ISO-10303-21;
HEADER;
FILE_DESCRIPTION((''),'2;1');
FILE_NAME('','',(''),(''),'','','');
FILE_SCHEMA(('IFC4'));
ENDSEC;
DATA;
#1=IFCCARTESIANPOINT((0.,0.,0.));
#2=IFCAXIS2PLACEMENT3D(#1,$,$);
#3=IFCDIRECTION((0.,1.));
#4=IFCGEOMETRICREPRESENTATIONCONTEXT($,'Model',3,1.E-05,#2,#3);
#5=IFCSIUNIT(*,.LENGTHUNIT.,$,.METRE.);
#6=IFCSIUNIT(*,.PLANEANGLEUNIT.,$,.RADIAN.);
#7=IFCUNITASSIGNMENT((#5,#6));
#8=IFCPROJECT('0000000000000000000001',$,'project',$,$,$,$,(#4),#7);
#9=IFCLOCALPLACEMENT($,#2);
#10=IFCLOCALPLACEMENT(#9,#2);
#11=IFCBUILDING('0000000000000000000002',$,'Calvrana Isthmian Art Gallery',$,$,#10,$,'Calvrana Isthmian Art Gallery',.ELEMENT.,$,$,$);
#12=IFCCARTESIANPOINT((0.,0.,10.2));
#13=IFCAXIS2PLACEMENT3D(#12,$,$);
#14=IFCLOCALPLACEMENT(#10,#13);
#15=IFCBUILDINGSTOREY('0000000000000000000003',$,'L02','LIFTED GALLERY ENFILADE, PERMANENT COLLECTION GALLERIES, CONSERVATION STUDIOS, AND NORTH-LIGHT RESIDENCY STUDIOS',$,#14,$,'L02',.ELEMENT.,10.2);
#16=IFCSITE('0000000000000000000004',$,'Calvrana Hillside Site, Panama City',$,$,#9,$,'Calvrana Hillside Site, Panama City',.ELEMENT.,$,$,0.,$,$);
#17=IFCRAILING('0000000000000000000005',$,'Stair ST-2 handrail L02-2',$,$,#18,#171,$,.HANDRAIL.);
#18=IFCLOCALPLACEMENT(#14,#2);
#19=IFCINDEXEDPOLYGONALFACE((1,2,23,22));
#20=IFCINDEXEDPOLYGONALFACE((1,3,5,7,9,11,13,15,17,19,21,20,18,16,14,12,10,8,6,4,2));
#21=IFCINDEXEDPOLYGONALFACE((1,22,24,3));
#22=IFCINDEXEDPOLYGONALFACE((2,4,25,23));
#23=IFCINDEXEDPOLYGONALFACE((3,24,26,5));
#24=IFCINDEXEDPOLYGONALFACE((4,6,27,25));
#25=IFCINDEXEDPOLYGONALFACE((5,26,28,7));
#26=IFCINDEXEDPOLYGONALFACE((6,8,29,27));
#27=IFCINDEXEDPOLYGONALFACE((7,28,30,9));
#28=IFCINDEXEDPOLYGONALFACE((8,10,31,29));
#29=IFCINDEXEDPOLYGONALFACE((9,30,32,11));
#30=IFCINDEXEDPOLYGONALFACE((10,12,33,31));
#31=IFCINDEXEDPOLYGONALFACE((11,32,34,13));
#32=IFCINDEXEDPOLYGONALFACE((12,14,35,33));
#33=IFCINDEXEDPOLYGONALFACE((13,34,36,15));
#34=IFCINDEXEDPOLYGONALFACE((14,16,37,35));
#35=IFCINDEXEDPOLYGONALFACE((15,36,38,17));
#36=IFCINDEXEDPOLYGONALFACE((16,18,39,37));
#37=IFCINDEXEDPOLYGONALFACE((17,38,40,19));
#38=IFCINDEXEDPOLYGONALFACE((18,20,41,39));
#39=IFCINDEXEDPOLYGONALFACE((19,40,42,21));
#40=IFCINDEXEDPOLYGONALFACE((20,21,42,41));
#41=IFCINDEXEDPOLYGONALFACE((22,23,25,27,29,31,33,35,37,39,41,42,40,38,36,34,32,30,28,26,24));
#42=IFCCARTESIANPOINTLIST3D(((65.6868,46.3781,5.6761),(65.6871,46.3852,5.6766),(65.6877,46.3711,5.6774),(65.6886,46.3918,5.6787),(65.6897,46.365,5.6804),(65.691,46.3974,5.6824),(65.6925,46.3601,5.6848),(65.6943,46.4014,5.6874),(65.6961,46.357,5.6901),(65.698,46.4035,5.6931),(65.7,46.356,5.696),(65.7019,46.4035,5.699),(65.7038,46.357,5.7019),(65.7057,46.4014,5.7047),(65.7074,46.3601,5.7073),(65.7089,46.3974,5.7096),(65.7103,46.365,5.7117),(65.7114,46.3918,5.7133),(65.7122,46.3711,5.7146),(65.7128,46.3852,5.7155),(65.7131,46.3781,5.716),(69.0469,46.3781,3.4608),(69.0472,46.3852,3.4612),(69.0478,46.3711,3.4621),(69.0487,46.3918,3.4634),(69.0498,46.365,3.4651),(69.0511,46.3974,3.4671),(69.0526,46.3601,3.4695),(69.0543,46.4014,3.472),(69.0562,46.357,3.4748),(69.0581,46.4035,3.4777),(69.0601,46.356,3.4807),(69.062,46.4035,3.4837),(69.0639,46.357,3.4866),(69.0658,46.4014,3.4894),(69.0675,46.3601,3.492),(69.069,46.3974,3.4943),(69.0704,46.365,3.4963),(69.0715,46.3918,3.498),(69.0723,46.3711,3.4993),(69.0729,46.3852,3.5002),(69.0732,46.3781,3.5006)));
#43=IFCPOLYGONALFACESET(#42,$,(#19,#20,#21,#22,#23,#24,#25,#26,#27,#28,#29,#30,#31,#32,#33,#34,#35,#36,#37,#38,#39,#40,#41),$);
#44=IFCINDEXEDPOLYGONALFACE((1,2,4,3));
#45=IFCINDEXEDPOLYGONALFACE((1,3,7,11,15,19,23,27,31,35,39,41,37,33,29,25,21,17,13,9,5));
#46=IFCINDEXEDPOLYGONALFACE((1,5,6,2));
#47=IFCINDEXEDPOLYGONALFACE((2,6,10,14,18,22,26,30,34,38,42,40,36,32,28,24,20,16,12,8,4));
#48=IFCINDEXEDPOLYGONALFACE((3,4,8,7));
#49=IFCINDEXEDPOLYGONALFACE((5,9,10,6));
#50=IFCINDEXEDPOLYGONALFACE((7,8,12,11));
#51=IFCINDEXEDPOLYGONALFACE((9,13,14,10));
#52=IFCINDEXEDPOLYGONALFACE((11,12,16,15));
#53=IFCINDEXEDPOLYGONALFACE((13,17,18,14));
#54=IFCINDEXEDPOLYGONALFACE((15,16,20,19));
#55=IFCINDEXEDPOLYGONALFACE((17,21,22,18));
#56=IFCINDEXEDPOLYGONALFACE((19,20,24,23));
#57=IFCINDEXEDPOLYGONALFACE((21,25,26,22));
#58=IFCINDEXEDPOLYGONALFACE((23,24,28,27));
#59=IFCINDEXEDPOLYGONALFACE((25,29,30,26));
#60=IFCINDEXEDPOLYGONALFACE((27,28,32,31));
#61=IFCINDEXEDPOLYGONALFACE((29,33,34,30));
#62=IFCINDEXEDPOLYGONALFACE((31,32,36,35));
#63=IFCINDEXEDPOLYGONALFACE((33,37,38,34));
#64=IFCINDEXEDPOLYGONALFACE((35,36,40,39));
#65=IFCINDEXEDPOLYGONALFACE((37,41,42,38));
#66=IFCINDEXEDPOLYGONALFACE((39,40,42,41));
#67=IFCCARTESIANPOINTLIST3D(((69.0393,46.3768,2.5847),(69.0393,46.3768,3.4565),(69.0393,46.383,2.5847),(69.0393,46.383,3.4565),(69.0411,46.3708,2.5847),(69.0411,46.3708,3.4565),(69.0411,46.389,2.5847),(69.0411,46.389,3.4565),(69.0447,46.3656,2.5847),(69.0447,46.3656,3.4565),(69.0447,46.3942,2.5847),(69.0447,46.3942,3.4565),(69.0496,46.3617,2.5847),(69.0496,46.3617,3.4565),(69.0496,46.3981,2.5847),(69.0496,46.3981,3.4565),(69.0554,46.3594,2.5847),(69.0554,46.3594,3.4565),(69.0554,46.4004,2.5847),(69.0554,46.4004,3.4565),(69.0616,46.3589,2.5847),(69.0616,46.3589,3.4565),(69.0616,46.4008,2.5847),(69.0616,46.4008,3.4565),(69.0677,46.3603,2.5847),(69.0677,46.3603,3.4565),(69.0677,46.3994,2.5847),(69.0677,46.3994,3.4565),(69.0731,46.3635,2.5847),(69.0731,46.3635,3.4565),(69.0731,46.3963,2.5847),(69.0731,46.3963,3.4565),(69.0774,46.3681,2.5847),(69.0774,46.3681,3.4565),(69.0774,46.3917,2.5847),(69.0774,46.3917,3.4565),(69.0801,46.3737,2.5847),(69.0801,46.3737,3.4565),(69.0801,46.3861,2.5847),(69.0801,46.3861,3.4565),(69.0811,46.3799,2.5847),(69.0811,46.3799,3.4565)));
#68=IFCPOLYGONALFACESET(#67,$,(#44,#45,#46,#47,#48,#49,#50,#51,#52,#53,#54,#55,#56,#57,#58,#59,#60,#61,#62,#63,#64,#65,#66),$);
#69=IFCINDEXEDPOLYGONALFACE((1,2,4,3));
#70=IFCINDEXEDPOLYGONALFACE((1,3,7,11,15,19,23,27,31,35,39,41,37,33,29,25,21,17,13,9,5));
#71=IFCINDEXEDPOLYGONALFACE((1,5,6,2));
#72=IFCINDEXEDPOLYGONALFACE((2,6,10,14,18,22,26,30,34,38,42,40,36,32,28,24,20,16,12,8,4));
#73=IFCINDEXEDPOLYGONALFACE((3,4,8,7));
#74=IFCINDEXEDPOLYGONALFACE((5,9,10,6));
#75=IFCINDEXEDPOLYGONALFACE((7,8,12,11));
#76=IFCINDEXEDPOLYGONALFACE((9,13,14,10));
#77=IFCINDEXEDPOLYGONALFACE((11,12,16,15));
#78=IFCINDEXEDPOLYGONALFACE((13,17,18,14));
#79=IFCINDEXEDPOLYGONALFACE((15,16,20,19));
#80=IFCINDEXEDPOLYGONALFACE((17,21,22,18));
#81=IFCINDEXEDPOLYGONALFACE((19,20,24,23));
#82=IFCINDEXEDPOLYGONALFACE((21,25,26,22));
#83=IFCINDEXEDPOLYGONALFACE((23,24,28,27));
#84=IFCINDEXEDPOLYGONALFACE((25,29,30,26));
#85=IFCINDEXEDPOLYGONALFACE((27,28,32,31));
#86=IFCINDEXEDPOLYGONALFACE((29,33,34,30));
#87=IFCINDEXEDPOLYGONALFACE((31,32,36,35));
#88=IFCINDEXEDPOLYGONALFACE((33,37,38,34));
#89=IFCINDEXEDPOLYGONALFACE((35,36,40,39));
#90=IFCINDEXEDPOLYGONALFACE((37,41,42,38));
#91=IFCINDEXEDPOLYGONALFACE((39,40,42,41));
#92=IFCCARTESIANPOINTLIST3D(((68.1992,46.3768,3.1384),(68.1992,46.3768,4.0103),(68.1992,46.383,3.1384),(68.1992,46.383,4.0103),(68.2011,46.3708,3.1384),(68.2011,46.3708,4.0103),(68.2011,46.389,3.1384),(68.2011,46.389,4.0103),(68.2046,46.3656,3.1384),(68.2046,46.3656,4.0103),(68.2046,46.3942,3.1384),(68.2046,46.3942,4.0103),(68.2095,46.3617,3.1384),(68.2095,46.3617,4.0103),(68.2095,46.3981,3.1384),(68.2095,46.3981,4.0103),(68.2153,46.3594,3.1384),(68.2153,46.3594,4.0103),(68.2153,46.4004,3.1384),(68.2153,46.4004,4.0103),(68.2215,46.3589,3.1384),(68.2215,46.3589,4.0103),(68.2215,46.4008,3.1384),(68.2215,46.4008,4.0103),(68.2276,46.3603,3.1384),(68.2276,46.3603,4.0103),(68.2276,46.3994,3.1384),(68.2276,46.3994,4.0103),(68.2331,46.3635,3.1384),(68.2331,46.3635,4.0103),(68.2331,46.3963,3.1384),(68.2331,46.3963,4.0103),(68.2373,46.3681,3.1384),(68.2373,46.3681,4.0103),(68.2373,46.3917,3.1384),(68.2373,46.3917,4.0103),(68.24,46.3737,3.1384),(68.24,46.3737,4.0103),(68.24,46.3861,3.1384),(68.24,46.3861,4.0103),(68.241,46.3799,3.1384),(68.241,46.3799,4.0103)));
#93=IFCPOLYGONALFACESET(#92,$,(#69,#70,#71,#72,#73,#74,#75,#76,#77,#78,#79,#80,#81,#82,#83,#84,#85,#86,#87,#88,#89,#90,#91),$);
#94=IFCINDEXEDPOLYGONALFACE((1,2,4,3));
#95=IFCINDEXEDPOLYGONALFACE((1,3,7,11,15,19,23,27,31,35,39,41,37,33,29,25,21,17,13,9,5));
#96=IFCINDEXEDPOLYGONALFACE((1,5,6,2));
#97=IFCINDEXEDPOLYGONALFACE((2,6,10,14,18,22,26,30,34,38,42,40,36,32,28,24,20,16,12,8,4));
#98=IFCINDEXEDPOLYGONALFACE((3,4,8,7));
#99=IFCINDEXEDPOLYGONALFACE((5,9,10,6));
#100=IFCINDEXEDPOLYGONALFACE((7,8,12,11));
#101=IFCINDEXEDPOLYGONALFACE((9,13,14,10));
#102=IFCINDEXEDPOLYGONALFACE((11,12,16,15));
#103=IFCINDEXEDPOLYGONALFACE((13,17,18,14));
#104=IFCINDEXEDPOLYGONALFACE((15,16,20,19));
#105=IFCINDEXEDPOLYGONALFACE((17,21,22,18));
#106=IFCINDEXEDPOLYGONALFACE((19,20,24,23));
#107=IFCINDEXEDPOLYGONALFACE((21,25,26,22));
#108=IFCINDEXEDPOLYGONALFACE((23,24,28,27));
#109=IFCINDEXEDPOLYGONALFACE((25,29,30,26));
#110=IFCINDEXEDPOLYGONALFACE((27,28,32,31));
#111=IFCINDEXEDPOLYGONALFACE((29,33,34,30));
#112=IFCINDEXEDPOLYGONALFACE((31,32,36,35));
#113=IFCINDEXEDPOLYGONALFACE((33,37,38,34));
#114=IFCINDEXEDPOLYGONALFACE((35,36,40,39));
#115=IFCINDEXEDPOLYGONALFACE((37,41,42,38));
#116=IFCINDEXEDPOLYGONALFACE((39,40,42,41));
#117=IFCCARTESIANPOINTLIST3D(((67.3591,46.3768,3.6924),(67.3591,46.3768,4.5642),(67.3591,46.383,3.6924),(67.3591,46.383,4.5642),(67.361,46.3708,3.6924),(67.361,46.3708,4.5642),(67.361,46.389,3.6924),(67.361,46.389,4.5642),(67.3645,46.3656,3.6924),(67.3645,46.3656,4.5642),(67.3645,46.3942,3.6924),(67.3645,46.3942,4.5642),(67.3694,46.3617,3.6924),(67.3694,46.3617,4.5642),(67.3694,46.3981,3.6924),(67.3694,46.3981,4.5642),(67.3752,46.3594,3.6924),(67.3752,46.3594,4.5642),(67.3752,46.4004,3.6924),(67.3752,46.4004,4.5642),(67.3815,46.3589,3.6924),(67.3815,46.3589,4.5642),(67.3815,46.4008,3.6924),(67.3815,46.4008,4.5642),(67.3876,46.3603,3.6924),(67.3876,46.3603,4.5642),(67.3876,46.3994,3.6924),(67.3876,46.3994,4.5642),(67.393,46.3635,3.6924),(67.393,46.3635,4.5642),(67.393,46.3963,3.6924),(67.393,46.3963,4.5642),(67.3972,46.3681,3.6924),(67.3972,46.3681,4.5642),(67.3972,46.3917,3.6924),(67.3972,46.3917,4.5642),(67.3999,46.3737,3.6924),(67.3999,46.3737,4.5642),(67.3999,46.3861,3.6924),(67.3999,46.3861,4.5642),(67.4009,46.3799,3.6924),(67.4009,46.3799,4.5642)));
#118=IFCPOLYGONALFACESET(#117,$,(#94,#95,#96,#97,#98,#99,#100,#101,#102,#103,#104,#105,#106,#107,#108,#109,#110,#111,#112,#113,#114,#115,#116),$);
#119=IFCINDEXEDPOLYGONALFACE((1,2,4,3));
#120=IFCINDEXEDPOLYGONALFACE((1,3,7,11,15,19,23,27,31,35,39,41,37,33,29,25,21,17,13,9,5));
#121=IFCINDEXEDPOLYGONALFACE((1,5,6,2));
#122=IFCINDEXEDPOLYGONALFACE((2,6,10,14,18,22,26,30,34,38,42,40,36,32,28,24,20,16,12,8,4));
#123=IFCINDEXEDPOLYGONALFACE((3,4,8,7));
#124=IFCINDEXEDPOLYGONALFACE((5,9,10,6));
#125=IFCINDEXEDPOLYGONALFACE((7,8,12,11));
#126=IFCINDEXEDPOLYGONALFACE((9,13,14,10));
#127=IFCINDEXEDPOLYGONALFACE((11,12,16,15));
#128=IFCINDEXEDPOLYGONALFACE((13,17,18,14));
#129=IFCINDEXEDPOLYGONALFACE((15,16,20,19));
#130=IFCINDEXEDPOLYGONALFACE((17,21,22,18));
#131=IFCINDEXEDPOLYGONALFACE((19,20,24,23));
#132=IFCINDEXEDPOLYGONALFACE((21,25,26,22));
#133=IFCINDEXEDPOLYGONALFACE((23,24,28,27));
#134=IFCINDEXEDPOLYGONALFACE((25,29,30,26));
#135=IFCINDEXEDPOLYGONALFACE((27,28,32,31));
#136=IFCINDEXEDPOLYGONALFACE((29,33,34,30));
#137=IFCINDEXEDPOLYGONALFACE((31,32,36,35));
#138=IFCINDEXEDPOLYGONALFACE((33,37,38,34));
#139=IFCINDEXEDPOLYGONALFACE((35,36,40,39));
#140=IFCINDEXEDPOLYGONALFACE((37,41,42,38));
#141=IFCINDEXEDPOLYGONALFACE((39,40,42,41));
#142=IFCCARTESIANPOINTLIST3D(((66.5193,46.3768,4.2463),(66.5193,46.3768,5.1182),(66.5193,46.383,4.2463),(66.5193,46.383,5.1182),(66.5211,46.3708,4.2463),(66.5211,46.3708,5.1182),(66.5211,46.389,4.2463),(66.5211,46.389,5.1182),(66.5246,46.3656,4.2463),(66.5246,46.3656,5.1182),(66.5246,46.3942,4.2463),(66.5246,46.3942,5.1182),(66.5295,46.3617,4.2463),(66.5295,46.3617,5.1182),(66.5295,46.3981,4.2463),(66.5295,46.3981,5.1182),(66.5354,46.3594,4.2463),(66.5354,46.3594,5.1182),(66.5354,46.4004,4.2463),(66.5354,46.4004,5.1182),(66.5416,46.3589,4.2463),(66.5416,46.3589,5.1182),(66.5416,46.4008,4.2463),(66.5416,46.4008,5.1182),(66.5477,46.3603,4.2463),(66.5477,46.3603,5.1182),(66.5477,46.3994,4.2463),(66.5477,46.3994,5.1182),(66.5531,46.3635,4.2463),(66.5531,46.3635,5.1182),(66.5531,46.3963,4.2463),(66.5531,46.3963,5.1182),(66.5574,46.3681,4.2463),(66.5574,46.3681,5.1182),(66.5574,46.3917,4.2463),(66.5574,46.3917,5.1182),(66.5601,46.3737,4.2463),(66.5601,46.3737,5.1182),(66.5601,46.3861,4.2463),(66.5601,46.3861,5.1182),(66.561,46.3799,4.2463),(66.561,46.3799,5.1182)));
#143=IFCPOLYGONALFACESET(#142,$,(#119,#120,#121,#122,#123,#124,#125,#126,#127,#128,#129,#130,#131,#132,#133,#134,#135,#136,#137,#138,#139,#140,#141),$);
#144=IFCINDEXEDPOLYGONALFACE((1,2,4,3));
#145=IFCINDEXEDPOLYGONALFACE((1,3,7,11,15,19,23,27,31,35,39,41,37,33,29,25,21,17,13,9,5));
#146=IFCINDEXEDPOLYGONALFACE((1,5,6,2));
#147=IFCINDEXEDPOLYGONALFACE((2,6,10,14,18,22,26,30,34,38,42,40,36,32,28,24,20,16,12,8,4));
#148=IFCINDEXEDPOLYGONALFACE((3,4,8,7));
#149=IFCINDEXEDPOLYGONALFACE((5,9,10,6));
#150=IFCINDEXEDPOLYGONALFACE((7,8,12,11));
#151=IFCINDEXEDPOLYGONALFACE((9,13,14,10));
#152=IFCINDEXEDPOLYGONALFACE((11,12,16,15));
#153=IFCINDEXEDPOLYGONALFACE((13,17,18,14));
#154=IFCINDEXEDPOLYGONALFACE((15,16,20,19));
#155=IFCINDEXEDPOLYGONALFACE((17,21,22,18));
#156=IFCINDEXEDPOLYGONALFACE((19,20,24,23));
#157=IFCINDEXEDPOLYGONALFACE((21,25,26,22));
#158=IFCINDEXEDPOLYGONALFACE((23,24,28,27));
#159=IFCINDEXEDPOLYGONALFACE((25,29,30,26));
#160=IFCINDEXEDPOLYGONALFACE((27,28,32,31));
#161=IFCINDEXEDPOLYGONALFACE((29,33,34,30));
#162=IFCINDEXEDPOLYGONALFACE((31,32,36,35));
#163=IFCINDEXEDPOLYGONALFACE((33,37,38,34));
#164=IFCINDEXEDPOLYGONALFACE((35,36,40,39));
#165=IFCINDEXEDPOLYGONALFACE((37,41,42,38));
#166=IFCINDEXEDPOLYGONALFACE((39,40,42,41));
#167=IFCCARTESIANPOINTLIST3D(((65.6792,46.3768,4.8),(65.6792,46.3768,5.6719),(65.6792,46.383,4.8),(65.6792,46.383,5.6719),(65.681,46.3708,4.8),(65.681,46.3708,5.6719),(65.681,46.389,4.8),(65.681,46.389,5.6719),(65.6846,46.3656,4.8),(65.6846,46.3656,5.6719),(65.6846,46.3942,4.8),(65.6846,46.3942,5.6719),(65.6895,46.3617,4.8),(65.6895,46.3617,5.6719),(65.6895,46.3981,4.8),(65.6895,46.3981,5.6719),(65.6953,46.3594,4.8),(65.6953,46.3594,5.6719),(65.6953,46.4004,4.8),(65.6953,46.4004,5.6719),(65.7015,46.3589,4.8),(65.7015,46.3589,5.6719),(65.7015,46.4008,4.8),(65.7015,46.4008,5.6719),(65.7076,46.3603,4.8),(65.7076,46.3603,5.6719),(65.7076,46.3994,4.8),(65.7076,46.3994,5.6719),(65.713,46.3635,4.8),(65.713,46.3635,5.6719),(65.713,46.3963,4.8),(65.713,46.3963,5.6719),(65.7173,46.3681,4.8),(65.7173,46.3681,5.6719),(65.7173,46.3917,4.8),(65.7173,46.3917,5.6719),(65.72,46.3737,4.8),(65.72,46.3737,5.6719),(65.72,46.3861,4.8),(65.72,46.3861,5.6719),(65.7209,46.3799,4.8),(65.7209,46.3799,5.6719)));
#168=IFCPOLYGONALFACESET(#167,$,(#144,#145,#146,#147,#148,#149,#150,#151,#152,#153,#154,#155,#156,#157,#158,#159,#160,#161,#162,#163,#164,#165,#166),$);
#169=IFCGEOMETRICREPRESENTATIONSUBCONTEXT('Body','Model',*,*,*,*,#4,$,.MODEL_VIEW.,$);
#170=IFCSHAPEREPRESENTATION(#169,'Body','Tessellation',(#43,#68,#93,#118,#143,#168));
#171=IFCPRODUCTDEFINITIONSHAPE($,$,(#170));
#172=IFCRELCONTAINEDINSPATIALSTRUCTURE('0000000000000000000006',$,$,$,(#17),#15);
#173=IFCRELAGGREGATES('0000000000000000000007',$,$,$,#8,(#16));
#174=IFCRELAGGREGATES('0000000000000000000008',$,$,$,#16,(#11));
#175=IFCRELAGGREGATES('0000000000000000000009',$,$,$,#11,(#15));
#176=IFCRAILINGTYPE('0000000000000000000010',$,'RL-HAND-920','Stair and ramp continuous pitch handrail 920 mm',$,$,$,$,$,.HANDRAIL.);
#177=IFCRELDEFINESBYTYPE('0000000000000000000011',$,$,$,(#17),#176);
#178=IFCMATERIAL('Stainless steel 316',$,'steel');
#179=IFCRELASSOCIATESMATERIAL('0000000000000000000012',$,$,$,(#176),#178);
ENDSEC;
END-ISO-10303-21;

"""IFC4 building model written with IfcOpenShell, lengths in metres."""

from ifc_helpers import new_model, si_unit, direction, frame, origin, origin_2d, place, context, subcontext, project, spatial, circle, extrude, material, type_object, element, save


model = new_model("IFC4")

# Units and contexts
model_context = context("Model", 3, precision=1e-05, world=origin(), true_north=direction((0.0, 1.0)))
body_context = subcontext(model_context, "Body", "Model", "MODEL_VIEW")
ifc_project = project(units=[si_unit("LENGTHUNIT", "METRE"), si_unit("PLANEANGLEUNIT", "RADIAN")], contexts=[model_context])

# Site, building, storey
site_placement = place(None, origin())
site = spatial("IfcSite", under=ifc_project, at=site_placement, Name="Calvrana Hillside Site, Panama City", LongName="Calvrana Hillside Site, Panama City", CompositionType="ELEMENT", RefElevation=0.0)
building_placement = place(site_placement, origin())
building = spatial("IfcBuilding", under=site, at=building_placement, Name="Calvrana Isthmian Art Gallery", LongName="Calvrana Isthmian Art Gallery", CompositionType="ELEMENT")
storey_placement = place(building_placement, frame((0.0, 0.0, 10.2)))
storey = spatial("IfcBuildingStorey", under=building, at=storey_placement, Name="L02", Description="LIFTED GALLERY ENFILADE, PERMANENT COLLECTION GALLERIES, CONSERVATION STUDIOS, AND NORTH-LIGHT RESIDENCY STUDIOS", LongName="L02", CompositionType="ELEMENT", Elevation=10.2)

# Shared definitions
ifc_material_1 = material(Name="Stainless steel 316", Category="steel")

# Railing
railing_type_1 = type_object("IfcRailingType", Name="RL-HAND-920", Description="Stair and ramp continuous pitch handrail 920 mm", PredefinedType="HANDRAIL", material=ifc_material_1)
railing_1_placement = place(storey_placement, frame((69.0601, 46.3799, 2.5847)))
element("IfcRailing", 1, at=railing_1_placement, inside=storey, type_object=railing_type_1, Name="Stair ST-2 handrail L02-2", PredefinedType="HANDRAIL", context=body_context, shape_type="SweptSolid", body=[
    extrude(circle(Radius=0.0239, at=origin_2d()), frame((0.0, 0.0, 0.896), z_axis=(-0.834876, 0.0, 0.550437), x_axis=(0.0, -1.0, 0.0)), (0.0, 0.0, 1.0), 4.0247),
    extrude(circle(Radius=0.021, at=origin_2d()), origin(), (0.0, 0.0, 1.0), 0.8718),
    extrude(circle(Radius=0.021, at=origin_2d()), frame((-0.8401, 0.0, 0.5537)), (0.0, 0.0, 1.0), 0.8718),
    extrude(circle(Radius=0.021, at=origin_2d()), frame((-1.6802, 0.0, 1.1077)), (0.0, 0.0, 1.0), 0.8718),
    extrude(circle(Radius=0.021, at=origin_2d()), frame((-2.52, 0.0, 1.6616)), (0.0, 0.0, 1.0), 0.8718),
    extrude(circle(Radius=0.021, at=origin_2d()), frame((-3.3601, 0.0, 2.2153)), (0.0, 0.0, 1.0), 0.8718),
])

save(model, "model.ifc")
